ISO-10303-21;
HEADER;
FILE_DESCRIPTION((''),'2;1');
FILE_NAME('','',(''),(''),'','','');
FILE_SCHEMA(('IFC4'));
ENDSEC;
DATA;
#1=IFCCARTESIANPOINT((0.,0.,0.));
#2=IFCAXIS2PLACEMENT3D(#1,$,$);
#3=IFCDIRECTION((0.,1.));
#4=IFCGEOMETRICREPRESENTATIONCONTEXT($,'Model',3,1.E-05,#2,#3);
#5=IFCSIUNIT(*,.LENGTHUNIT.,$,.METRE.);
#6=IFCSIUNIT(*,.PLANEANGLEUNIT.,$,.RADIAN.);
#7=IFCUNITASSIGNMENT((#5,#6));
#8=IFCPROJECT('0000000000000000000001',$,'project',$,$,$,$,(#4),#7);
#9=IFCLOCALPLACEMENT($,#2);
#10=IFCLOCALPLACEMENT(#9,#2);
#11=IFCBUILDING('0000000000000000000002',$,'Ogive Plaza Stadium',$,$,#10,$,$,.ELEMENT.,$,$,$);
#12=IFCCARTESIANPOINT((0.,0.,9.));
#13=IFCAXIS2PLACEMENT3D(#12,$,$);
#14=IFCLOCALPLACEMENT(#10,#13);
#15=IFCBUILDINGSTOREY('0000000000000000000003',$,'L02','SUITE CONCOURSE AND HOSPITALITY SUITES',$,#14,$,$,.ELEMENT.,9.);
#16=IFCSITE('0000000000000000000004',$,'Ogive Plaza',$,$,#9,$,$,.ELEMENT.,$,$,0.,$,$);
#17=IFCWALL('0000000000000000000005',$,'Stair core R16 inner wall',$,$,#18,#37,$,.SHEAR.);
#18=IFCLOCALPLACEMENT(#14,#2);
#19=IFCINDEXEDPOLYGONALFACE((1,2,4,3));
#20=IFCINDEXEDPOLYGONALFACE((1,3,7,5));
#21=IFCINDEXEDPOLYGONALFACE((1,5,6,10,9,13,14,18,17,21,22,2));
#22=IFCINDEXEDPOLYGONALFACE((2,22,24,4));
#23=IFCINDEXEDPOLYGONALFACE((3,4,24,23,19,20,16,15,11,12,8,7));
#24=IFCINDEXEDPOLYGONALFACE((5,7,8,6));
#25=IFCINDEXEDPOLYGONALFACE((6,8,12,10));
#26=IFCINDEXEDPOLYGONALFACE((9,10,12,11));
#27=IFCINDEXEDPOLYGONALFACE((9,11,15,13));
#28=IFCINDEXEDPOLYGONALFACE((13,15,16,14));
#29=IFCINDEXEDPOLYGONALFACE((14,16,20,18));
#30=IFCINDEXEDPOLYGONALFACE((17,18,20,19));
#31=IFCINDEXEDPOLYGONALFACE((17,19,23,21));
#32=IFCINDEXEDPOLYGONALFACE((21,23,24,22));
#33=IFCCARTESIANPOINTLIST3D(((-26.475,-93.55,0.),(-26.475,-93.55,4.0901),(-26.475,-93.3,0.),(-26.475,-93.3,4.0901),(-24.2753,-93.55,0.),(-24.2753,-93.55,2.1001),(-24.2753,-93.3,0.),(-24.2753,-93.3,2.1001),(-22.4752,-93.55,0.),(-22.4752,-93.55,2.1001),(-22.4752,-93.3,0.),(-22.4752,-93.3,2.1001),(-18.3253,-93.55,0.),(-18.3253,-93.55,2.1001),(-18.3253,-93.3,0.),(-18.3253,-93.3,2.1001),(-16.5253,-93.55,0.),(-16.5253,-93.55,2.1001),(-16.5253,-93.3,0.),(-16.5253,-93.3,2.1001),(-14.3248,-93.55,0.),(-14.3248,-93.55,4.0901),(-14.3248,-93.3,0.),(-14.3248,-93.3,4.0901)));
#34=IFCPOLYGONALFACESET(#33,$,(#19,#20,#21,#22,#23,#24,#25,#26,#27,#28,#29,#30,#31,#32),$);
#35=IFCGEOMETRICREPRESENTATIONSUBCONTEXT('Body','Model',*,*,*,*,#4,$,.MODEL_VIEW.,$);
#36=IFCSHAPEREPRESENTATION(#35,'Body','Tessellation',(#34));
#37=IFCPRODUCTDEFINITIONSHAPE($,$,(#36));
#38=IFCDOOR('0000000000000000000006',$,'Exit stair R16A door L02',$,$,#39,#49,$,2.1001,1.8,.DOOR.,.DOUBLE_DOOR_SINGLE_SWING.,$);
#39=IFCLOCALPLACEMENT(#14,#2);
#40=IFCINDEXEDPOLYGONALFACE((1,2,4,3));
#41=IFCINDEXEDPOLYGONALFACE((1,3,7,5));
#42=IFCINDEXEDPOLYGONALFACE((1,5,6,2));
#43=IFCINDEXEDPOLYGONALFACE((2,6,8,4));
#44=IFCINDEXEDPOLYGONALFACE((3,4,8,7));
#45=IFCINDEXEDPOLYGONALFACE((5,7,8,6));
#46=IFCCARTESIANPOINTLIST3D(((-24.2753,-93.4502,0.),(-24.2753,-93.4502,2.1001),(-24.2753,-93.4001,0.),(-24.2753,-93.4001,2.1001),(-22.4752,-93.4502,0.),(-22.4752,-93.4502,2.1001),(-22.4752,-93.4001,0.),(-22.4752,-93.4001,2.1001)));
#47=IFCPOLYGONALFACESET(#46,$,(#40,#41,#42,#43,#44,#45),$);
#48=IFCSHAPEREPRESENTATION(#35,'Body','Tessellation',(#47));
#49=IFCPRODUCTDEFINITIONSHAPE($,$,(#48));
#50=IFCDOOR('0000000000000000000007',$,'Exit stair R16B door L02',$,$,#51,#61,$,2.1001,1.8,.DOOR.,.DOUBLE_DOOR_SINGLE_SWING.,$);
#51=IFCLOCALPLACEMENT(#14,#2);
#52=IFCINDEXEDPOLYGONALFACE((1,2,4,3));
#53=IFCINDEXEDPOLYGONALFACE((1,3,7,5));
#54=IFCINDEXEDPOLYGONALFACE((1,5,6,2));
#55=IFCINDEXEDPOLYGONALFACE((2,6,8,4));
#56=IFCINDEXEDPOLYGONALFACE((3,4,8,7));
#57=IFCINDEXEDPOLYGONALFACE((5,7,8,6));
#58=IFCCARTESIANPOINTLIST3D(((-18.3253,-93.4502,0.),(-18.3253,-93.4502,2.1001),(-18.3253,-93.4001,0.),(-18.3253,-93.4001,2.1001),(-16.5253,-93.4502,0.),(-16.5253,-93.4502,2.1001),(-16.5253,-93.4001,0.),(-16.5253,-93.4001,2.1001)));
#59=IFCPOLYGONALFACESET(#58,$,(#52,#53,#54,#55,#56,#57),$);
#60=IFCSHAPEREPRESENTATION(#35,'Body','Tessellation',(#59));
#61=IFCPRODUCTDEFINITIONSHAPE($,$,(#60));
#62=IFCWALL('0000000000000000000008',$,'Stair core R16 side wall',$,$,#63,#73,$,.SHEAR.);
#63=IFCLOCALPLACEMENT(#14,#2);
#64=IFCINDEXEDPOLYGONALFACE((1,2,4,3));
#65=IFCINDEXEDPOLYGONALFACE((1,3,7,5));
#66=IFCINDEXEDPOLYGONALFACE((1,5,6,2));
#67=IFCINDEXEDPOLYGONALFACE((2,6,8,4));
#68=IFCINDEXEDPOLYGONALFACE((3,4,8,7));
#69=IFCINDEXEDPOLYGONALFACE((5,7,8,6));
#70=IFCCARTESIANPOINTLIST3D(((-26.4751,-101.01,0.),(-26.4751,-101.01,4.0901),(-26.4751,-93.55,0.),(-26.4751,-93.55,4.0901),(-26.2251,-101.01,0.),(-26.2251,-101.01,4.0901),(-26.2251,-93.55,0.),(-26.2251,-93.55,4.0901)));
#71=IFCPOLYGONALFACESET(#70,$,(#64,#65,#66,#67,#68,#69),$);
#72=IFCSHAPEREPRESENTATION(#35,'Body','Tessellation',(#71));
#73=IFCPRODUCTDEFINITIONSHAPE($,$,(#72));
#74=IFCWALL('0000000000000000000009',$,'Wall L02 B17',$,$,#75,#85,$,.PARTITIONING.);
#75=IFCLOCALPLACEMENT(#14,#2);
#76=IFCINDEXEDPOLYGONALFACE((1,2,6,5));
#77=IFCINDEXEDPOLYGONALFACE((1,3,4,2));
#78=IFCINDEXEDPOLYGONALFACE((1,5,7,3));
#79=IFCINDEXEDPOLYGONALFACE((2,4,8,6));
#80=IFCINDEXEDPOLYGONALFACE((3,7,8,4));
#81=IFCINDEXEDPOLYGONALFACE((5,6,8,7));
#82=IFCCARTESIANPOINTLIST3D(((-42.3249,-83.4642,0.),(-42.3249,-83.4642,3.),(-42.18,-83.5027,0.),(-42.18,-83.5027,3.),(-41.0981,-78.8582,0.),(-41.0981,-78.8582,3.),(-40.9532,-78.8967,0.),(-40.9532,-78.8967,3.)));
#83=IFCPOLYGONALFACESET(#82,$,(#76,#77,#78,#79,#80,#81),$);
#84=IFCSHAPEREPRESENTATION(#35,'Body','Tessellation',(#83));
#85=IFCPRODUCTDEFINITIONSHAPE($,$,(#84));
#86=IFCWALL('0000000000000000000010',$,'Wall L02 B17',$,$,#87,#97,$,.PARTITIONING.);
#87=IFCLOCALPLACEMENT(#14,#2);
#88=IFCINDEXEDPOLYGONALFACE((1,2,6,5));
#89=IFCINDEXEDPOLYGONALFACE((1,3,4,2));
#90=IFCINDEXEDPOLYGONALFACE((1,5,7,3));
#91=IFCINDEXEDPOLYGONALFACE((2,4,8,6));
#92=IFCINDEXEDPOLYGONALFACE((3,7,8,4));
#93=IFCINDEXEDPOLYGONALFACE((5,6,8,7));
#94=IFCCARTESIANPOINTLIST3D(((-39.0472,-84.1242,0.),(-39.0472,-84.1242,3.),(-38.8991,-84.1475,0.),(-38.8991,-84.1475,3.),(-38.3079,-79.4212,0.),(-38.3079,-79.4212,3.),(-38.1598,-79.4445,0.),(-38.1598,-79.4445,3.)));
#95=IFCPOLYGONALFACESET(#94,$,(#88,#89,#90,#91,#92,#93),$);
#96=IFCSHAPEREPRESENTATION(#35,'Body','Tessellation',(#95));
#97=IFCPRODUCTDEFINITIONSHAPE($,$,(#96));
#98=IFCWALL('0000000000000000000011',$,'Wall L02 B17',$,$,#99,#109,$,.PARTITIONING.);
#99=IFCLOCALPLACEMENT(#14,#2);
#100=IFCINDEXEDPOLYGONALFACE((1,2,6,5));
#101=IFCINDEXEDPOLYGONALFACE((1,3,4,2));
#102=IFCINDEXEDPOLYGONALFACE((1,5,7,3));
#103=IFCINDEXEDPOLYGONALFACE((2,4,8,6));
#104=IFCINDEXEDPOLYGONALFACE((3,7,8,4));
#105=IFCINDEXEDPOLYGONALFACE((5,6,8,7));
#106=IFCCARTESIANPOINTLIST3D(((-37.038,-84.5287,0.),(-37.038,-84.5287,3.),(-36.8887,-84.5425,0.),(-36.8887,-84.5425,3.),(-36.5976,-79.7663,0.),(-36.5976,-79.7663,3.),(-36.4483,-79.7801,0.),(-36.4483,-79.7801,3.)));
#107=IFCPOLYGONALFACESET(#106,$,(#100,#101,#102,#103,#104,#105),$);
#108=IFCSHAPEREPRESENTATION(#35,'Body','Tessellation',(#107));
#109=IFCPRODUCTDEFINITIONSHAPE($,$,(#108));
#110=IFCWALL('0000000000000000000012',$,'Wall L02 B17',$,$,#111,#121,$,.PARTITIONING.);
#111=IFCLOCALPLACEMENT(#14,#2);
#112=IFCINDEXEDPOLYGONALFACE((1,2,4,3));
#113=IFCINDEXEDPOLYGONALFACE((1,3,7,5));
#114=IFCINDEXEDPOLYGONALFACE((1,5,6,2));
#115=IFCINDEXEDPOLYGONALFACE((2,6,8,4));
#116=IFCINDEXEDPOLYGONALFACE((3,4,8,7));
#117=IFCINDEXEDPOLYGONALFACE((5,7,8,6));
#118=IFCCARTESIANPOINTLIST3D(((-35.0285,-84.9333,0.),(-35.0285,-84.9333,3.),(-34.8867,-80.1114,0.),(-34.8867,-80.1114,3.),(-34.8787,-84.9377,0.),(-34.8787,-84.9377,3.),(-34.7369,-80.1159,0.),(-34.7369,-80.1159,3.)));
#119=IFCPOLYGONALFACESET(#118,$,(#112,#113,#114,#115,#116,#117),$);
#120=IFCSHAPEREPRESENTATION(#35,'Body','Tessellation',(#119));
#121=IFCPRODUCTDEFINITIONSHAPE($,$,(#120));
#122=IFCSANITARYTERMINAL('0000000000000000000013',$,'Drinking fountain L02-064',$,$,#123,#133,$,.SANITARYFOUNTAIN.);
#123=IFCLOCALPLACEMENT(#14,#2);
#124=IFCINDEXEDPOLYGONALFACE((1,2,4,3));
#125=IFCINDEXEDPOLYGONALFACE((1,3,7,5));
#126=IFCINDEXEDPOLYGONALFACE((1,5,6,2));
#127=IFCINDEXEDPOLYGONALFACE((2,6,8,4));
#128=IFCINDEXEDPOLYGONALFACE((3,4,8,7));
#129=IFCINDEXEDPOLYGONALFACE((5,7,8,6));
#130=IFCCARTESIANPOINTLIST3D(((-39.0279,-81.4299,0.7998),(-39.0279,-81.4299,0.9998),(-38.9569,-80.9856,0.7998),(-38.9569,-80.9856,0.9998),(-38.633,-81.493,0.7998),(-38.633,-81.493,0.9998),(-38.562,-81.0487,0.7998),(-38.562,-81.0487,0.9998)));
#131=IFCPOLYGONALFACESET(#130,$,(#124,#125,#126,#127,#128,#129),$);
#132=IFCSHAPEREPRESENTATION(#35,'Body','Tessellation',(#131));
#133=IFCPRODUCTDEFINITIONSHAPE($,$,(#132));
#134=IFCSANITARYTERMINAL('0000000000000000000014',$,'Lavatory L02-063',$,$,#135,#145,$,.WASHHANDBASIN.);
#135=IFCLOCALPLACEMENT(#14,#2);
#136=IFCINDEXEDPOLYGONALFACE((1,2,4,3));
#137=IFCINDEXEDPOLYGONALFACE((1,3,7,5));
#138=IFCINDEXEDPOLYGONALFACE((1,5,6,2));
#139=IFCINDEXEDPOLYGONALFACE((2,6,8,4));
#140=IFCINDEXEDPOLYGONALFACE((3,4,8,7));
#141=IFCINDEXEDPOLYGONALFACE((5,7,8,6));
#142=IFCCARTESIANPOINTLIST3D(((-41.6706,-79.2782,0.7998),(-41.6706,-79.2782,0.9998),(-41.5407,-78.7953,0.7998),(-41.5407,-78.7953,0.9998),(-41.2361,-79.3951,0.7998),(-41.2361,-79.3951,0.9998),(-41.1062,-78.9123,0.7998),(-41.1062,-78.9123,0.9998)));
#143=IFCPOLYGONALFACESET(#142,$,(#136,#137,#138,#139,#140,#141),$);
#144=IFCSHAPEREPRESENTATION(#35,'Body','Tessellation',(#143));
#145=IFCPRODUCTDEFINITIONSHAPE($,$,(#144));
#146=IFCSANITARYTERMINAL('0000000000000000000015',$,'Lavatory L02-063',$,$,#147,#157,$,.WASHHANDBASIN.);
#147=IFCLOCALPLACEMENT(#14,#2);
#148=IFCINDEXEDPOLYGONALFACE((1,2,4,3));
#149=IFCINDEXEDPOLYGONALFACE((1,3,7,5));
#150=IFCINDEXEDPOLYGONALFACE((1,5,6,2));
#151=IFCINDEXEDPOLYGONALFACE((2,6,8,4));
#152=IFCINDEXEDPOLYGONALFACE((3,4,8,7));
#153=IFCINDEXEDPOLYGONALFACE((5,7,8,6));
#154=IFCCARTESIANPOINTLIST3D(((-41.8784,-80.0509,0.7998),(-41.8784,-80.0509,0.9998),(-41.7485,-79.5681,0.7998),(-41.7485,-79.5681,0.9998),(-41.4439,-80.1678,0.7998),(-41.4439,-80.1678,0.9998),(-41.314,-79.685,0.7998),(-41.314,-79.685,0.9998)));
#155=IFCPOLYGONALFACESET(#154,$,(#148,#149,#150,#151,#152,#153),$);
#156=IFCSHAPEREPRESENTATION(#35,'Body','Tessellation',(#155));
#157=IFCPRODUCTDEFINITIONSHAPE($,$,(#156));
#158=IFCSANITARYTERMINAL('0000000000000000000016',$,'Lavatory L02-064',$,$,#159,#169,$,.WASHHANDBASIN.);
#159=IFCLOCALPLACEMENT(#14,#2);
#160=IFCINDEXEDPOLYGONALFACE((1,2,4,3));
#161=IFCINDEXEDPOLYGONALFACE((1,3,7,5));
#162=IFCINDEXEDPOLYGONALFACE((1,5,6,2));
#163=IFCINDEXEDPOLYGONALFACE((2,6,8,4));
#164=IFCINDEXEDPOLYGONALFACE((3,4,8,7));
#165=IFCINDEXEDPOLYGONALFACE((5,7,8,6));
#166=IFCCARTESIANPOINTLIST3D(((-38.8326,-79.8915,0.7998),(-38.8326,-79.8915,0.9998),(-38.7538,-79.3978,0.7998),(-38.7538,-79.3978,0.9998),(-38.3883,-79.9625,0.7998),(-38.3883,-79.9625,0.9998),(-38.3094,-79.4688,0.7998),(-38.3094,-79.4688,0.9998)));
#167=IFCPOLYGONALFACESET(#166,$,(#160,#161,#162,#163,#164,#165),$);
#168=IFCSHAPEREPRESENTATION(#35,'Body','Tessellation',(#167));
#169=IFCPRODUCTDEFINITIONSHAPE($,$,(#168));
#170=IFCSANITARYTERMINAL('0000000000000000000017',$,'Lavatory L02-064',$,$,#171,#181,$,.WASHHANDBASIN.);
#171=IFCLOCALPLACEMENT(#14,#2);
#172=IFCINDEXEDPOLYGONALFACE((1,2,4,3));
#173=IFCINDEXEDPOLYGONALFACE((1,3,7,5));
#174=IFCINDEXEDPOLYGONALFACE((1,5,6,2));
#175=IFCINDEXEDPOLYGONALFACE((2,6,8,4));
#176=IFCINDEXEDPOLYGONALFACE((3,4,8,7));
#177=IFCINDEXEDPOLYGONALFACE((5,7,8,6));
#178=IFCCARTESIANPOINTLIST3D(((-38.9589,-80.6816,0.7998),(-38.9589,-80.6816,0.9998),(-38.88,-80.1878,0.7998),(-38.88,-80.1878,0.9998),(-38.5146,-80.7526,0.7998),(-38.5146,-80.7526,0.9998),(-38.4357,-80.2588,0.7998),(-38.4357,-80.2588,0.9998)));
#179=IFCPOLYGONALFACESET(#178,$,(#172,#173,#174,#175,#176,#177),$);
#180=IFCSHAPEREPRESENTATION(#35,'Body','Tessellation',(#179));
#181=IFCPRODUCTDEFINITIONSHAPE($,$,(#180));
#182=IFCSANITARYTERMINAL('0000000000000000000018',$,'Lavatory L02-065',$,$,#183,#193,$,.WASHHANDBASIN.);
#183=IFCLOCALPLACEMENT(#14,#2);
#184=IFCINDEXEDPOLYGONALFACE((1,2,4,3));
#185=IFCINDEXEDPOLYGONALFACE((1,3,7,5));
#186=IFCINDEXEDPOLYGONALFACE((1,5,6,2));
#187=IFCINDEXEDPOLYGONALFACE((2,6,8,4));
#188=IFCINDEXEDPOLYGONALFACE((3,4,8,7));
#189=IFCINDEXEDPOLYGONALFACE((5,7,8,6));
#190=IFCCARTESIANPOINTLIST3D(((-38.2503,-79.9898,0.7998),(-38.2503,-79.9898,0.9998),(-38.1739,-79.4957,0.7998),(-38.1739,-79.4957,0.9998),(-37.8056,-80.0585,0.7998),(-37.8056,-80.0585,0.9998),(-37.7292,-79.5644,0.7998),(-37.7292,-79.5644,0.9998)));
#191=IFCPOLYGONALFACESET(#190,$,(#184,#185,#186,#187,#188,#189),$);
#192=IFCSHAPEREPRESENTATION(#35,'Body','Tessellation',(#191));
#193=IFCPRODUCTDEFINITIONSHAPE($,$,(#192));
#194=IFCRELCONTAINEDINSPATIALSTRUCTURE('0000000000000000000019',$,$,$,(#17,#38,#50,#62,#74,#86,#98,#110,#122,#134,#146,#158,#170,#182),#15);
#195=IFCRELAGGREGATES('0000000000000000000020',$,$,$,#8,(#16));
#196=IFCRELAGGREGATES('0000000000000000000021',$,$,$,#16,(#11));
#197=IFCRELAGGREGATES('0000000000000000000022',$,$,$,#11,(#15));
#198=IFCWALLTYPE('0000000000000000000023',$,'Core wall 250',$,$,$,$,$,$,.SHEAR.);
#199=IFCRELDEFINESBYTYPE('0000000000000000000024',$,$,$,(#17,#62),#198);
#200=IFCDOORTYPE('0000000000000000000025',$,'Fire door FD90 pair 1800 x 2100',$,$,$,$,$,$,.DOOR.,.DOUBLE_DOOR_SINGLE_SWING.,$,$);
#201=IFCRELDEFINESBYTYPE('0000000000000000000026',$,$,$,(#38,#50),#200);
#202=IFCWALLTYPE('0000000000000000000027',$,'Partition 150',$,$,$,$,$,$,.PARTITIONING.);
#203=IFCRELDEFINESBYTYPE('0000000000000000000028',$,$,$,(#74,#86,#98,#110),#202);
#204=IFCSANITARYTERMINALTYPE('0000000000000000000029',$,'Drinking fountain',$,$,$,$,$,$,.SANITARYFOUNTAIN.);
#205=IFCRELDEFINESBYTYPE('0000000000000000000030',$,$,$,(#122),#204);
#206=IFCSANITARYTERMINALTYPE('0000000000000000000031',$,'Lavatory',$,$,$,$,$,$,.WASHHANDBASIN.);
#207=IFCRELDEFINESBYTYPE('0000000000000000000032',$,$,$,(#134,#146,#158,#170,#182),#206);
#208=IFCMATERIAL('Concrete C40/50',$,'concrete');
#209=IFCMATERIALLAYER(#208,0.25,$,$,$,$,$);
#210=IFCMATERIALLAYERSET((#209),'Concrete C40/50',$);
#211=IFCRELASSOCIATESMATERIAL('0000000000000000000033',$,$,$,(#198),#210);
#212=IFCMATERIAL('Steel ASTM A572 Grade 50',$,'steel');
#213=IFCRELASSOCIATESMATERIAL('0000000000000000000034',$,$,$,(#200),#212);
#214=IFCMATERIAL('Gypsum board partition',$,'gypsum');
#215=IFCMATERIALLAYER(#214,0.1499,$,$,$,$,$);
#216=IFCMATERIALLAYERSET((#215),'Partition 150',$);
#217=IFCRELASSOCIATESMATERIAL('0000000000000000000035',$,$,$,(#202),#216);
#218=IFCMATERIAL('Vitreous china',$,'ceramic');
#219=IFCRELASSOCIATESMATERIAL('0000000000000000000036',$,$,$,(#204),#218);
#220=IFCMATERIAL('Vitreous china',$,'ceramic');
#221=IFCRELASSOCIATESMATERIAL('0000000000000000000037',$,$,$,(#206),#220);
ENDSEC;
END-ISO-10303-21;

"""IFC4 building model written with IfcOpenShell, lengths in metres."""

from ifc_helpers import new_model, si_unit, direction, frame, frame_2d, origin, origin_2d, place, context, subcontext, project, spatial, rectangle, extrude, material, layer, layer_set, type_object, element, fill, save


model = new_model("IFC4")

# Units and contexts
model_context = context("Model", 3, precision=1e-05, world=origin(), true_north=direction((0.0, 1.0)))
body_context = subcontext(model_context, "Body", "Model", "MODEL_VIEW")
ifc_project = project(units=[si_unit("LENGTHUNIT", "METRE"), si_unit("PLANEANGLEUNIT", "RADIAN")], contexts=[model_context])

# Site, building, storey
site_placement = place(None, origin())
site = spatial("IfcSite", under=ifc_project, at=site_placement, Name="Ogive Plaza", CompositionType="ELEMENT", RefElevation=0.0)
building_placement = place(site_placement, origin())
building = spatial("IfcBuilding", under=site, at=building_placement, Name="Ogive Plaza Stadium", CompositionType="ELEMENT")
storey_placement = place(building_placement, frame((0.0, 0.0, 9.0)))
storey = spatial("IfcBuildingStorey", under=building, at=storey_placement, Name="L02", Description="SUITE CONCOURSE AND HOSPITALITY SUITES", CompositionType="ELEMENT", Elevation=9.0)

# Wall, openings, doors
ifc_material_1 = material(Name="Concrete C40/50", Category="concrete")
ifc_layer_1 = layer(ifc_material_1, 0.25)
ifc_layer_set_1 = layer_set([ifc_layer_1], Name="Concrete C40/50")
wall_type_1 = type_object("IfcWallType", Name="Core wall 250", PredefinedType="SHEAR", material=ifc_layer_set_1)
wall_1_placement = place(storey_placement, frame((-26.4751, -93.425, 0.0), z_axis=(0.0, 0.0, 1.0), x_axis=(1.0, 0.0, 0.0)))
wall_1 = element("IfcWall", 1, at=wall_1_placement, inside=storey, type_object=wall_type_1, Name="Stair core R16 inner wall", PredefinedType="SHEAR", context=body_context, shape_type="SweptSolid", body=[
    extrude(rectangle(XDim=12.1501, YDim=0.25, at=frame_2d((6.0752, 0.0))), origin(), (0.0, 0.0, 1.0), 4.0901),
])
opening_1_placement = place(wall_1_placement, frame((2.2, 0.0, 0.0)))
opening_1 = element("IfcOpeningElement", 2, at=opening_1_placement, cuts=wall_1, PredefinedType="OPENING", context=body_context, shape_type="SweptSolid", body=[
    extrude(rectangle(XDim=1.8, YDim=2.1001, at=frame_2d((0.8999, 1.05))), frame((0.0, 0.125, 0.0), z_axis=(0.0, -1.0, 0.0), x_axis=(1.0, 0.0, 0.0)), (0.0, 0.0, 1.0), 0.25),
])
opening_2_placement = place(wall_1_placement, frame((8.1499, 0.0, 0.0)))
opening_2 = element("IfcOpeningElement", 3, at=opening_2_placement, cuts=wall_1, PredefinedType="OPENING", context=body_context, shape_type="SweptSolid", body=[
    extrude(rectangle(XDim=1.8, YDim=2.1001, at=frame_2d((0.8999, 1.05))), frame((0.0, 0.125, 0.0), z_axis=(0.0, -1.0, 0.0), x_axis=(1.0, 0.0, 0.0)), (0.0, 0.0, 1.0), 0.25),
])
ifc_material_2 = material(Name="Steel ASTM A572 Grade 50", Category="steel")
door_type_1 = type_object("IfcDoorType", Name="Fire door FD90 pair 1800 x 2100", OperationType="DOUBLE_DOOR_SINGLE_SWING", PredefinedType="DOOR", material=ifc_material_2)
door_1_placement = place(opening_1_placement, origin())
door_1 = element("IfcDoor", 4, at=door_1_placement, inside=storey, type_object=door_type_1, Name="Exit stair R16A door L02", OperationType="DOUBLE_DOOR_SINGLE_SWING", OverallHeight=2.1001, OverallWidth=1.8, PredefinedType="DOOR", context=body_context, shape_type="SweptSolid", body=[
    extrude(rectangle(XDim=1.8, YDim=2.1001, at=frame_2d((0.8999, 1.05))), frame((0.0, 0.0249, 0.0), z_axis=(0.0, -1.0, 0.0), x_axis=(1.0, 0.0, 0.0)), (0.0, 0.0, 1.0), 0.05),
])
fill(opening_1, door_1)
door_2_placement = place(opening_2_placement, origin())
door_2 = element("IfcDoor", 5, at=door_2_placement, inside=storey, type_object=door_type_1, Name="Exit stair R16B door L02", OperationType="DOUBLE_DOOR_SINGLE_SWING", OverallHeight=2.1001, OverallWidth=1.8, PredefinedType="DOOR", context=body_context, shape_type="SweptSolid", body=[
    extrude(rectangle(XDim=1.8, YDim=2.1001, at=frame_2d((0.8999, 1.05))), frame((0.0, 0.0249, 0.0), z_axis=(0.0, -1.0, 0.0), x_axis=(1.0, 0.0, 0.0)), (0.0, 0.0, 1.0), 0.05),
])
fill(opening_2, door_2)

# Walls
wall_2_placement = place(storey_placement, frame((-26.3501, -93.55, 0.0), z_axis=(0.0, 0.0, 1.0), x_axis=(0.0, -1.0, 0.0)))
element("IfcWall", 6, at=wall_2_placement, inside=storey, type_object=wall_type_1, Name="Stair core R16 side wall", PredefinedType="SHEAR", context=body_context, shape_type="SweptSolid", body=[
    extrude(rectangle(XDim=7.46, YDim=0.25, at=frame_2d((3.73, 0.0))), origin(), (0.0, 0.0, 1.0), 4.0901),
])
ifc_material_3 = material(Name="Gypsum board partition", Category="gypsum")
ifc_layer_2 = layer(ifc_material_3, 0.1499)
ifc_layer_set_2 = layer_set([ifc_layer_2], Name="Partition 150")
wall_type_2 = type_object("IfcWallType", Name="Partition 150", PredefinedType="PARTITIONING", material=ifc_layer_set_2)
wall_3_placement = place(storey_placement, frame((-41.0256, -78.8774, 0.0), z_axis=(0.0, 0.0, 1.0), x_axis=(-0.257379, -0.966311, 0.0)))
element("IfcWall", 7, at=wall_3_placement, inside=storey, type_object=wall_type_2, Name="Wall L02 B17", PredefinedType="PARTITIONING", context=body_context, shape_type="SweptSolid", body=[
    extrude(rectangle(XDim=4.7666, YDim=0.1499, at=frame_2d((2.3833, 0.0))), origin(), (0.0, 0.0, 1.0), 3.0),
])
wall_4_placement = place(storey_placement, frame((-38.2339, -79.4329, 0.0), z_axis=(0.0, 0.0, 1.0), x_axis=(-0.155286, -0.98787, 0.0)))
element("IfcWall", 8, at=wall_4_placement, inside=storey, type_object=wall_type_2, Name="Wall L02 B17", PredefinedType="PARTITIONING", context=body_context, shape_type="SweptSolid", body=[
    extrude(rectangle(XDim=4.7607, YDim=0.1499, at=frame_2d((2.3804, 0.0))), origin(), (0.0, 0.0, 1.0), 3.0),
])
wall_5_placement = place(storey_placement, frame((-36.5229, -79.7732, 0.0), z_axis=(0.0, 0.0, 1.0), x_axis=(-0.092087, -0.995751, 0.0)))
element("IfcWall", 9, at=wall_5_placement, inside=storey, type_object=wall_type_2, Name="Wall L02 B17", PredefinedType="PARTITIONING", context=body_context, shape_type="SweptSolid", body=[
    extrude(rectangle(XDim=4.7827, YDim=0.1499, at=frame_2d((2.3914, 0.0))), origin(), (0.0, 0.0, 1.0), 3.0),
])
wall_6_placement = place(storey_placement, frame((-34.8118, -80.1135, 0.0), z_axis=(0.0, 0.0, 1.0), x_axis=(-0.029405, -0.999568, 0.0)))
element("IfcWall", 10, at=wall_6_placement, inside=storey, type_object=wall_type_2, Name="Wall L02 B17", PredefinedType="PARTITIONING", context=body_context, shape_type="SweptSolid", body=[
    extrude(rectangle(XDim=4.824, YDim=0.1499, at=frame_2d((2.4121, 0.0))), origin(), (0.0, 0.0, 1.0), 3.0),
])

# Sanitary terminals
ifc_material_4 = material(Name="Vitreous china", Category="ceramic")
sanitary_terminal_type_1 = type_object("IfcSanitaryTerminalType", Name="Drinking fountain", PredefinedType="SANITARYFOUNTAIN", material=ifc_material_4)
sanitary_terminal_placement = place(storey_placement, frame((-38.7949, -81.2393, 0.7998), z_axis=(0.0, 0.0, 1.0), x_axis=(-0.157791, -0.987473, 0.0)))
element("IfcSanitaryTerminal", 11, at=sanitary_terminal_placement, inside=storey, type_object=sanitary_terminal_type_1, Name="Drinking fountain L02-064", PredefinedType="SANITARYFOUNTAIN", context=body_context, shape_type="SweptSolid", body=[
    extrude(rectangle(XDim=0.45, YDim=0.3999, at=origin_2d()), origin(), (0.0, 0.0, 1.0), 0.2),
])
ifc_material_5 = material(Name="Vitreous china", Category="ceramic")
sanitary_terminal_type_2 = type_object("IfcSanitaryTerminalType", Name="Lavatory", PredefinedType="WASHHANDBASIN", material=ifc_material_5)
for number, where, z_axis, x_axis, name in (
    (12, (-41.3884, -79.0952, 0.7998), (0.0, 0.0, 1.0), (-0.259809, -0.96566, 0.0), "Lavatory L02-063"),
    (13, (-41.5962, -79.8679, 0.7998), (0.0, 0.0, 1.0), (-0.259809, -0.96566, 0.0), "Lavatory L02-063"),
    (14, (-38.571, -79.6802, 0.7998), (0.0, 0.0, 1.0), (-0.157791, -0.987473, 0.0), "Lavatory L02-064"),
    (15, (-38.6973, -80.4702, 0.7998), (0.0, 0.0, 1.0), (-0.157791, -0.987473, 0.0), "Lavatory L02-064"),
    (16, (-37.9897, -79.7771, 0.7998), (0.0, 0.0, 1.0), (-0.152796, -0.988258, 0.0), "Lavatory L02-065"),
):
    element("IfcSanitaryTerminal", number, at=place(storey_placement, frame(where, z_axis=z_axis, x_axis=x_axis)), inside=storey, type_object=sanitary_terminal_type_2, Name=name, PredefinedType="WASHHANDBASIN", context=body_context, shape_type="SweptSolid", body=[
        extrude(rectangle(XDim=0.5, YDim=0.45, at=origin_2d()), origin(), (0.0, 0.0, 1.0), 0.2),
    ])

save(model, "model.ifc")
